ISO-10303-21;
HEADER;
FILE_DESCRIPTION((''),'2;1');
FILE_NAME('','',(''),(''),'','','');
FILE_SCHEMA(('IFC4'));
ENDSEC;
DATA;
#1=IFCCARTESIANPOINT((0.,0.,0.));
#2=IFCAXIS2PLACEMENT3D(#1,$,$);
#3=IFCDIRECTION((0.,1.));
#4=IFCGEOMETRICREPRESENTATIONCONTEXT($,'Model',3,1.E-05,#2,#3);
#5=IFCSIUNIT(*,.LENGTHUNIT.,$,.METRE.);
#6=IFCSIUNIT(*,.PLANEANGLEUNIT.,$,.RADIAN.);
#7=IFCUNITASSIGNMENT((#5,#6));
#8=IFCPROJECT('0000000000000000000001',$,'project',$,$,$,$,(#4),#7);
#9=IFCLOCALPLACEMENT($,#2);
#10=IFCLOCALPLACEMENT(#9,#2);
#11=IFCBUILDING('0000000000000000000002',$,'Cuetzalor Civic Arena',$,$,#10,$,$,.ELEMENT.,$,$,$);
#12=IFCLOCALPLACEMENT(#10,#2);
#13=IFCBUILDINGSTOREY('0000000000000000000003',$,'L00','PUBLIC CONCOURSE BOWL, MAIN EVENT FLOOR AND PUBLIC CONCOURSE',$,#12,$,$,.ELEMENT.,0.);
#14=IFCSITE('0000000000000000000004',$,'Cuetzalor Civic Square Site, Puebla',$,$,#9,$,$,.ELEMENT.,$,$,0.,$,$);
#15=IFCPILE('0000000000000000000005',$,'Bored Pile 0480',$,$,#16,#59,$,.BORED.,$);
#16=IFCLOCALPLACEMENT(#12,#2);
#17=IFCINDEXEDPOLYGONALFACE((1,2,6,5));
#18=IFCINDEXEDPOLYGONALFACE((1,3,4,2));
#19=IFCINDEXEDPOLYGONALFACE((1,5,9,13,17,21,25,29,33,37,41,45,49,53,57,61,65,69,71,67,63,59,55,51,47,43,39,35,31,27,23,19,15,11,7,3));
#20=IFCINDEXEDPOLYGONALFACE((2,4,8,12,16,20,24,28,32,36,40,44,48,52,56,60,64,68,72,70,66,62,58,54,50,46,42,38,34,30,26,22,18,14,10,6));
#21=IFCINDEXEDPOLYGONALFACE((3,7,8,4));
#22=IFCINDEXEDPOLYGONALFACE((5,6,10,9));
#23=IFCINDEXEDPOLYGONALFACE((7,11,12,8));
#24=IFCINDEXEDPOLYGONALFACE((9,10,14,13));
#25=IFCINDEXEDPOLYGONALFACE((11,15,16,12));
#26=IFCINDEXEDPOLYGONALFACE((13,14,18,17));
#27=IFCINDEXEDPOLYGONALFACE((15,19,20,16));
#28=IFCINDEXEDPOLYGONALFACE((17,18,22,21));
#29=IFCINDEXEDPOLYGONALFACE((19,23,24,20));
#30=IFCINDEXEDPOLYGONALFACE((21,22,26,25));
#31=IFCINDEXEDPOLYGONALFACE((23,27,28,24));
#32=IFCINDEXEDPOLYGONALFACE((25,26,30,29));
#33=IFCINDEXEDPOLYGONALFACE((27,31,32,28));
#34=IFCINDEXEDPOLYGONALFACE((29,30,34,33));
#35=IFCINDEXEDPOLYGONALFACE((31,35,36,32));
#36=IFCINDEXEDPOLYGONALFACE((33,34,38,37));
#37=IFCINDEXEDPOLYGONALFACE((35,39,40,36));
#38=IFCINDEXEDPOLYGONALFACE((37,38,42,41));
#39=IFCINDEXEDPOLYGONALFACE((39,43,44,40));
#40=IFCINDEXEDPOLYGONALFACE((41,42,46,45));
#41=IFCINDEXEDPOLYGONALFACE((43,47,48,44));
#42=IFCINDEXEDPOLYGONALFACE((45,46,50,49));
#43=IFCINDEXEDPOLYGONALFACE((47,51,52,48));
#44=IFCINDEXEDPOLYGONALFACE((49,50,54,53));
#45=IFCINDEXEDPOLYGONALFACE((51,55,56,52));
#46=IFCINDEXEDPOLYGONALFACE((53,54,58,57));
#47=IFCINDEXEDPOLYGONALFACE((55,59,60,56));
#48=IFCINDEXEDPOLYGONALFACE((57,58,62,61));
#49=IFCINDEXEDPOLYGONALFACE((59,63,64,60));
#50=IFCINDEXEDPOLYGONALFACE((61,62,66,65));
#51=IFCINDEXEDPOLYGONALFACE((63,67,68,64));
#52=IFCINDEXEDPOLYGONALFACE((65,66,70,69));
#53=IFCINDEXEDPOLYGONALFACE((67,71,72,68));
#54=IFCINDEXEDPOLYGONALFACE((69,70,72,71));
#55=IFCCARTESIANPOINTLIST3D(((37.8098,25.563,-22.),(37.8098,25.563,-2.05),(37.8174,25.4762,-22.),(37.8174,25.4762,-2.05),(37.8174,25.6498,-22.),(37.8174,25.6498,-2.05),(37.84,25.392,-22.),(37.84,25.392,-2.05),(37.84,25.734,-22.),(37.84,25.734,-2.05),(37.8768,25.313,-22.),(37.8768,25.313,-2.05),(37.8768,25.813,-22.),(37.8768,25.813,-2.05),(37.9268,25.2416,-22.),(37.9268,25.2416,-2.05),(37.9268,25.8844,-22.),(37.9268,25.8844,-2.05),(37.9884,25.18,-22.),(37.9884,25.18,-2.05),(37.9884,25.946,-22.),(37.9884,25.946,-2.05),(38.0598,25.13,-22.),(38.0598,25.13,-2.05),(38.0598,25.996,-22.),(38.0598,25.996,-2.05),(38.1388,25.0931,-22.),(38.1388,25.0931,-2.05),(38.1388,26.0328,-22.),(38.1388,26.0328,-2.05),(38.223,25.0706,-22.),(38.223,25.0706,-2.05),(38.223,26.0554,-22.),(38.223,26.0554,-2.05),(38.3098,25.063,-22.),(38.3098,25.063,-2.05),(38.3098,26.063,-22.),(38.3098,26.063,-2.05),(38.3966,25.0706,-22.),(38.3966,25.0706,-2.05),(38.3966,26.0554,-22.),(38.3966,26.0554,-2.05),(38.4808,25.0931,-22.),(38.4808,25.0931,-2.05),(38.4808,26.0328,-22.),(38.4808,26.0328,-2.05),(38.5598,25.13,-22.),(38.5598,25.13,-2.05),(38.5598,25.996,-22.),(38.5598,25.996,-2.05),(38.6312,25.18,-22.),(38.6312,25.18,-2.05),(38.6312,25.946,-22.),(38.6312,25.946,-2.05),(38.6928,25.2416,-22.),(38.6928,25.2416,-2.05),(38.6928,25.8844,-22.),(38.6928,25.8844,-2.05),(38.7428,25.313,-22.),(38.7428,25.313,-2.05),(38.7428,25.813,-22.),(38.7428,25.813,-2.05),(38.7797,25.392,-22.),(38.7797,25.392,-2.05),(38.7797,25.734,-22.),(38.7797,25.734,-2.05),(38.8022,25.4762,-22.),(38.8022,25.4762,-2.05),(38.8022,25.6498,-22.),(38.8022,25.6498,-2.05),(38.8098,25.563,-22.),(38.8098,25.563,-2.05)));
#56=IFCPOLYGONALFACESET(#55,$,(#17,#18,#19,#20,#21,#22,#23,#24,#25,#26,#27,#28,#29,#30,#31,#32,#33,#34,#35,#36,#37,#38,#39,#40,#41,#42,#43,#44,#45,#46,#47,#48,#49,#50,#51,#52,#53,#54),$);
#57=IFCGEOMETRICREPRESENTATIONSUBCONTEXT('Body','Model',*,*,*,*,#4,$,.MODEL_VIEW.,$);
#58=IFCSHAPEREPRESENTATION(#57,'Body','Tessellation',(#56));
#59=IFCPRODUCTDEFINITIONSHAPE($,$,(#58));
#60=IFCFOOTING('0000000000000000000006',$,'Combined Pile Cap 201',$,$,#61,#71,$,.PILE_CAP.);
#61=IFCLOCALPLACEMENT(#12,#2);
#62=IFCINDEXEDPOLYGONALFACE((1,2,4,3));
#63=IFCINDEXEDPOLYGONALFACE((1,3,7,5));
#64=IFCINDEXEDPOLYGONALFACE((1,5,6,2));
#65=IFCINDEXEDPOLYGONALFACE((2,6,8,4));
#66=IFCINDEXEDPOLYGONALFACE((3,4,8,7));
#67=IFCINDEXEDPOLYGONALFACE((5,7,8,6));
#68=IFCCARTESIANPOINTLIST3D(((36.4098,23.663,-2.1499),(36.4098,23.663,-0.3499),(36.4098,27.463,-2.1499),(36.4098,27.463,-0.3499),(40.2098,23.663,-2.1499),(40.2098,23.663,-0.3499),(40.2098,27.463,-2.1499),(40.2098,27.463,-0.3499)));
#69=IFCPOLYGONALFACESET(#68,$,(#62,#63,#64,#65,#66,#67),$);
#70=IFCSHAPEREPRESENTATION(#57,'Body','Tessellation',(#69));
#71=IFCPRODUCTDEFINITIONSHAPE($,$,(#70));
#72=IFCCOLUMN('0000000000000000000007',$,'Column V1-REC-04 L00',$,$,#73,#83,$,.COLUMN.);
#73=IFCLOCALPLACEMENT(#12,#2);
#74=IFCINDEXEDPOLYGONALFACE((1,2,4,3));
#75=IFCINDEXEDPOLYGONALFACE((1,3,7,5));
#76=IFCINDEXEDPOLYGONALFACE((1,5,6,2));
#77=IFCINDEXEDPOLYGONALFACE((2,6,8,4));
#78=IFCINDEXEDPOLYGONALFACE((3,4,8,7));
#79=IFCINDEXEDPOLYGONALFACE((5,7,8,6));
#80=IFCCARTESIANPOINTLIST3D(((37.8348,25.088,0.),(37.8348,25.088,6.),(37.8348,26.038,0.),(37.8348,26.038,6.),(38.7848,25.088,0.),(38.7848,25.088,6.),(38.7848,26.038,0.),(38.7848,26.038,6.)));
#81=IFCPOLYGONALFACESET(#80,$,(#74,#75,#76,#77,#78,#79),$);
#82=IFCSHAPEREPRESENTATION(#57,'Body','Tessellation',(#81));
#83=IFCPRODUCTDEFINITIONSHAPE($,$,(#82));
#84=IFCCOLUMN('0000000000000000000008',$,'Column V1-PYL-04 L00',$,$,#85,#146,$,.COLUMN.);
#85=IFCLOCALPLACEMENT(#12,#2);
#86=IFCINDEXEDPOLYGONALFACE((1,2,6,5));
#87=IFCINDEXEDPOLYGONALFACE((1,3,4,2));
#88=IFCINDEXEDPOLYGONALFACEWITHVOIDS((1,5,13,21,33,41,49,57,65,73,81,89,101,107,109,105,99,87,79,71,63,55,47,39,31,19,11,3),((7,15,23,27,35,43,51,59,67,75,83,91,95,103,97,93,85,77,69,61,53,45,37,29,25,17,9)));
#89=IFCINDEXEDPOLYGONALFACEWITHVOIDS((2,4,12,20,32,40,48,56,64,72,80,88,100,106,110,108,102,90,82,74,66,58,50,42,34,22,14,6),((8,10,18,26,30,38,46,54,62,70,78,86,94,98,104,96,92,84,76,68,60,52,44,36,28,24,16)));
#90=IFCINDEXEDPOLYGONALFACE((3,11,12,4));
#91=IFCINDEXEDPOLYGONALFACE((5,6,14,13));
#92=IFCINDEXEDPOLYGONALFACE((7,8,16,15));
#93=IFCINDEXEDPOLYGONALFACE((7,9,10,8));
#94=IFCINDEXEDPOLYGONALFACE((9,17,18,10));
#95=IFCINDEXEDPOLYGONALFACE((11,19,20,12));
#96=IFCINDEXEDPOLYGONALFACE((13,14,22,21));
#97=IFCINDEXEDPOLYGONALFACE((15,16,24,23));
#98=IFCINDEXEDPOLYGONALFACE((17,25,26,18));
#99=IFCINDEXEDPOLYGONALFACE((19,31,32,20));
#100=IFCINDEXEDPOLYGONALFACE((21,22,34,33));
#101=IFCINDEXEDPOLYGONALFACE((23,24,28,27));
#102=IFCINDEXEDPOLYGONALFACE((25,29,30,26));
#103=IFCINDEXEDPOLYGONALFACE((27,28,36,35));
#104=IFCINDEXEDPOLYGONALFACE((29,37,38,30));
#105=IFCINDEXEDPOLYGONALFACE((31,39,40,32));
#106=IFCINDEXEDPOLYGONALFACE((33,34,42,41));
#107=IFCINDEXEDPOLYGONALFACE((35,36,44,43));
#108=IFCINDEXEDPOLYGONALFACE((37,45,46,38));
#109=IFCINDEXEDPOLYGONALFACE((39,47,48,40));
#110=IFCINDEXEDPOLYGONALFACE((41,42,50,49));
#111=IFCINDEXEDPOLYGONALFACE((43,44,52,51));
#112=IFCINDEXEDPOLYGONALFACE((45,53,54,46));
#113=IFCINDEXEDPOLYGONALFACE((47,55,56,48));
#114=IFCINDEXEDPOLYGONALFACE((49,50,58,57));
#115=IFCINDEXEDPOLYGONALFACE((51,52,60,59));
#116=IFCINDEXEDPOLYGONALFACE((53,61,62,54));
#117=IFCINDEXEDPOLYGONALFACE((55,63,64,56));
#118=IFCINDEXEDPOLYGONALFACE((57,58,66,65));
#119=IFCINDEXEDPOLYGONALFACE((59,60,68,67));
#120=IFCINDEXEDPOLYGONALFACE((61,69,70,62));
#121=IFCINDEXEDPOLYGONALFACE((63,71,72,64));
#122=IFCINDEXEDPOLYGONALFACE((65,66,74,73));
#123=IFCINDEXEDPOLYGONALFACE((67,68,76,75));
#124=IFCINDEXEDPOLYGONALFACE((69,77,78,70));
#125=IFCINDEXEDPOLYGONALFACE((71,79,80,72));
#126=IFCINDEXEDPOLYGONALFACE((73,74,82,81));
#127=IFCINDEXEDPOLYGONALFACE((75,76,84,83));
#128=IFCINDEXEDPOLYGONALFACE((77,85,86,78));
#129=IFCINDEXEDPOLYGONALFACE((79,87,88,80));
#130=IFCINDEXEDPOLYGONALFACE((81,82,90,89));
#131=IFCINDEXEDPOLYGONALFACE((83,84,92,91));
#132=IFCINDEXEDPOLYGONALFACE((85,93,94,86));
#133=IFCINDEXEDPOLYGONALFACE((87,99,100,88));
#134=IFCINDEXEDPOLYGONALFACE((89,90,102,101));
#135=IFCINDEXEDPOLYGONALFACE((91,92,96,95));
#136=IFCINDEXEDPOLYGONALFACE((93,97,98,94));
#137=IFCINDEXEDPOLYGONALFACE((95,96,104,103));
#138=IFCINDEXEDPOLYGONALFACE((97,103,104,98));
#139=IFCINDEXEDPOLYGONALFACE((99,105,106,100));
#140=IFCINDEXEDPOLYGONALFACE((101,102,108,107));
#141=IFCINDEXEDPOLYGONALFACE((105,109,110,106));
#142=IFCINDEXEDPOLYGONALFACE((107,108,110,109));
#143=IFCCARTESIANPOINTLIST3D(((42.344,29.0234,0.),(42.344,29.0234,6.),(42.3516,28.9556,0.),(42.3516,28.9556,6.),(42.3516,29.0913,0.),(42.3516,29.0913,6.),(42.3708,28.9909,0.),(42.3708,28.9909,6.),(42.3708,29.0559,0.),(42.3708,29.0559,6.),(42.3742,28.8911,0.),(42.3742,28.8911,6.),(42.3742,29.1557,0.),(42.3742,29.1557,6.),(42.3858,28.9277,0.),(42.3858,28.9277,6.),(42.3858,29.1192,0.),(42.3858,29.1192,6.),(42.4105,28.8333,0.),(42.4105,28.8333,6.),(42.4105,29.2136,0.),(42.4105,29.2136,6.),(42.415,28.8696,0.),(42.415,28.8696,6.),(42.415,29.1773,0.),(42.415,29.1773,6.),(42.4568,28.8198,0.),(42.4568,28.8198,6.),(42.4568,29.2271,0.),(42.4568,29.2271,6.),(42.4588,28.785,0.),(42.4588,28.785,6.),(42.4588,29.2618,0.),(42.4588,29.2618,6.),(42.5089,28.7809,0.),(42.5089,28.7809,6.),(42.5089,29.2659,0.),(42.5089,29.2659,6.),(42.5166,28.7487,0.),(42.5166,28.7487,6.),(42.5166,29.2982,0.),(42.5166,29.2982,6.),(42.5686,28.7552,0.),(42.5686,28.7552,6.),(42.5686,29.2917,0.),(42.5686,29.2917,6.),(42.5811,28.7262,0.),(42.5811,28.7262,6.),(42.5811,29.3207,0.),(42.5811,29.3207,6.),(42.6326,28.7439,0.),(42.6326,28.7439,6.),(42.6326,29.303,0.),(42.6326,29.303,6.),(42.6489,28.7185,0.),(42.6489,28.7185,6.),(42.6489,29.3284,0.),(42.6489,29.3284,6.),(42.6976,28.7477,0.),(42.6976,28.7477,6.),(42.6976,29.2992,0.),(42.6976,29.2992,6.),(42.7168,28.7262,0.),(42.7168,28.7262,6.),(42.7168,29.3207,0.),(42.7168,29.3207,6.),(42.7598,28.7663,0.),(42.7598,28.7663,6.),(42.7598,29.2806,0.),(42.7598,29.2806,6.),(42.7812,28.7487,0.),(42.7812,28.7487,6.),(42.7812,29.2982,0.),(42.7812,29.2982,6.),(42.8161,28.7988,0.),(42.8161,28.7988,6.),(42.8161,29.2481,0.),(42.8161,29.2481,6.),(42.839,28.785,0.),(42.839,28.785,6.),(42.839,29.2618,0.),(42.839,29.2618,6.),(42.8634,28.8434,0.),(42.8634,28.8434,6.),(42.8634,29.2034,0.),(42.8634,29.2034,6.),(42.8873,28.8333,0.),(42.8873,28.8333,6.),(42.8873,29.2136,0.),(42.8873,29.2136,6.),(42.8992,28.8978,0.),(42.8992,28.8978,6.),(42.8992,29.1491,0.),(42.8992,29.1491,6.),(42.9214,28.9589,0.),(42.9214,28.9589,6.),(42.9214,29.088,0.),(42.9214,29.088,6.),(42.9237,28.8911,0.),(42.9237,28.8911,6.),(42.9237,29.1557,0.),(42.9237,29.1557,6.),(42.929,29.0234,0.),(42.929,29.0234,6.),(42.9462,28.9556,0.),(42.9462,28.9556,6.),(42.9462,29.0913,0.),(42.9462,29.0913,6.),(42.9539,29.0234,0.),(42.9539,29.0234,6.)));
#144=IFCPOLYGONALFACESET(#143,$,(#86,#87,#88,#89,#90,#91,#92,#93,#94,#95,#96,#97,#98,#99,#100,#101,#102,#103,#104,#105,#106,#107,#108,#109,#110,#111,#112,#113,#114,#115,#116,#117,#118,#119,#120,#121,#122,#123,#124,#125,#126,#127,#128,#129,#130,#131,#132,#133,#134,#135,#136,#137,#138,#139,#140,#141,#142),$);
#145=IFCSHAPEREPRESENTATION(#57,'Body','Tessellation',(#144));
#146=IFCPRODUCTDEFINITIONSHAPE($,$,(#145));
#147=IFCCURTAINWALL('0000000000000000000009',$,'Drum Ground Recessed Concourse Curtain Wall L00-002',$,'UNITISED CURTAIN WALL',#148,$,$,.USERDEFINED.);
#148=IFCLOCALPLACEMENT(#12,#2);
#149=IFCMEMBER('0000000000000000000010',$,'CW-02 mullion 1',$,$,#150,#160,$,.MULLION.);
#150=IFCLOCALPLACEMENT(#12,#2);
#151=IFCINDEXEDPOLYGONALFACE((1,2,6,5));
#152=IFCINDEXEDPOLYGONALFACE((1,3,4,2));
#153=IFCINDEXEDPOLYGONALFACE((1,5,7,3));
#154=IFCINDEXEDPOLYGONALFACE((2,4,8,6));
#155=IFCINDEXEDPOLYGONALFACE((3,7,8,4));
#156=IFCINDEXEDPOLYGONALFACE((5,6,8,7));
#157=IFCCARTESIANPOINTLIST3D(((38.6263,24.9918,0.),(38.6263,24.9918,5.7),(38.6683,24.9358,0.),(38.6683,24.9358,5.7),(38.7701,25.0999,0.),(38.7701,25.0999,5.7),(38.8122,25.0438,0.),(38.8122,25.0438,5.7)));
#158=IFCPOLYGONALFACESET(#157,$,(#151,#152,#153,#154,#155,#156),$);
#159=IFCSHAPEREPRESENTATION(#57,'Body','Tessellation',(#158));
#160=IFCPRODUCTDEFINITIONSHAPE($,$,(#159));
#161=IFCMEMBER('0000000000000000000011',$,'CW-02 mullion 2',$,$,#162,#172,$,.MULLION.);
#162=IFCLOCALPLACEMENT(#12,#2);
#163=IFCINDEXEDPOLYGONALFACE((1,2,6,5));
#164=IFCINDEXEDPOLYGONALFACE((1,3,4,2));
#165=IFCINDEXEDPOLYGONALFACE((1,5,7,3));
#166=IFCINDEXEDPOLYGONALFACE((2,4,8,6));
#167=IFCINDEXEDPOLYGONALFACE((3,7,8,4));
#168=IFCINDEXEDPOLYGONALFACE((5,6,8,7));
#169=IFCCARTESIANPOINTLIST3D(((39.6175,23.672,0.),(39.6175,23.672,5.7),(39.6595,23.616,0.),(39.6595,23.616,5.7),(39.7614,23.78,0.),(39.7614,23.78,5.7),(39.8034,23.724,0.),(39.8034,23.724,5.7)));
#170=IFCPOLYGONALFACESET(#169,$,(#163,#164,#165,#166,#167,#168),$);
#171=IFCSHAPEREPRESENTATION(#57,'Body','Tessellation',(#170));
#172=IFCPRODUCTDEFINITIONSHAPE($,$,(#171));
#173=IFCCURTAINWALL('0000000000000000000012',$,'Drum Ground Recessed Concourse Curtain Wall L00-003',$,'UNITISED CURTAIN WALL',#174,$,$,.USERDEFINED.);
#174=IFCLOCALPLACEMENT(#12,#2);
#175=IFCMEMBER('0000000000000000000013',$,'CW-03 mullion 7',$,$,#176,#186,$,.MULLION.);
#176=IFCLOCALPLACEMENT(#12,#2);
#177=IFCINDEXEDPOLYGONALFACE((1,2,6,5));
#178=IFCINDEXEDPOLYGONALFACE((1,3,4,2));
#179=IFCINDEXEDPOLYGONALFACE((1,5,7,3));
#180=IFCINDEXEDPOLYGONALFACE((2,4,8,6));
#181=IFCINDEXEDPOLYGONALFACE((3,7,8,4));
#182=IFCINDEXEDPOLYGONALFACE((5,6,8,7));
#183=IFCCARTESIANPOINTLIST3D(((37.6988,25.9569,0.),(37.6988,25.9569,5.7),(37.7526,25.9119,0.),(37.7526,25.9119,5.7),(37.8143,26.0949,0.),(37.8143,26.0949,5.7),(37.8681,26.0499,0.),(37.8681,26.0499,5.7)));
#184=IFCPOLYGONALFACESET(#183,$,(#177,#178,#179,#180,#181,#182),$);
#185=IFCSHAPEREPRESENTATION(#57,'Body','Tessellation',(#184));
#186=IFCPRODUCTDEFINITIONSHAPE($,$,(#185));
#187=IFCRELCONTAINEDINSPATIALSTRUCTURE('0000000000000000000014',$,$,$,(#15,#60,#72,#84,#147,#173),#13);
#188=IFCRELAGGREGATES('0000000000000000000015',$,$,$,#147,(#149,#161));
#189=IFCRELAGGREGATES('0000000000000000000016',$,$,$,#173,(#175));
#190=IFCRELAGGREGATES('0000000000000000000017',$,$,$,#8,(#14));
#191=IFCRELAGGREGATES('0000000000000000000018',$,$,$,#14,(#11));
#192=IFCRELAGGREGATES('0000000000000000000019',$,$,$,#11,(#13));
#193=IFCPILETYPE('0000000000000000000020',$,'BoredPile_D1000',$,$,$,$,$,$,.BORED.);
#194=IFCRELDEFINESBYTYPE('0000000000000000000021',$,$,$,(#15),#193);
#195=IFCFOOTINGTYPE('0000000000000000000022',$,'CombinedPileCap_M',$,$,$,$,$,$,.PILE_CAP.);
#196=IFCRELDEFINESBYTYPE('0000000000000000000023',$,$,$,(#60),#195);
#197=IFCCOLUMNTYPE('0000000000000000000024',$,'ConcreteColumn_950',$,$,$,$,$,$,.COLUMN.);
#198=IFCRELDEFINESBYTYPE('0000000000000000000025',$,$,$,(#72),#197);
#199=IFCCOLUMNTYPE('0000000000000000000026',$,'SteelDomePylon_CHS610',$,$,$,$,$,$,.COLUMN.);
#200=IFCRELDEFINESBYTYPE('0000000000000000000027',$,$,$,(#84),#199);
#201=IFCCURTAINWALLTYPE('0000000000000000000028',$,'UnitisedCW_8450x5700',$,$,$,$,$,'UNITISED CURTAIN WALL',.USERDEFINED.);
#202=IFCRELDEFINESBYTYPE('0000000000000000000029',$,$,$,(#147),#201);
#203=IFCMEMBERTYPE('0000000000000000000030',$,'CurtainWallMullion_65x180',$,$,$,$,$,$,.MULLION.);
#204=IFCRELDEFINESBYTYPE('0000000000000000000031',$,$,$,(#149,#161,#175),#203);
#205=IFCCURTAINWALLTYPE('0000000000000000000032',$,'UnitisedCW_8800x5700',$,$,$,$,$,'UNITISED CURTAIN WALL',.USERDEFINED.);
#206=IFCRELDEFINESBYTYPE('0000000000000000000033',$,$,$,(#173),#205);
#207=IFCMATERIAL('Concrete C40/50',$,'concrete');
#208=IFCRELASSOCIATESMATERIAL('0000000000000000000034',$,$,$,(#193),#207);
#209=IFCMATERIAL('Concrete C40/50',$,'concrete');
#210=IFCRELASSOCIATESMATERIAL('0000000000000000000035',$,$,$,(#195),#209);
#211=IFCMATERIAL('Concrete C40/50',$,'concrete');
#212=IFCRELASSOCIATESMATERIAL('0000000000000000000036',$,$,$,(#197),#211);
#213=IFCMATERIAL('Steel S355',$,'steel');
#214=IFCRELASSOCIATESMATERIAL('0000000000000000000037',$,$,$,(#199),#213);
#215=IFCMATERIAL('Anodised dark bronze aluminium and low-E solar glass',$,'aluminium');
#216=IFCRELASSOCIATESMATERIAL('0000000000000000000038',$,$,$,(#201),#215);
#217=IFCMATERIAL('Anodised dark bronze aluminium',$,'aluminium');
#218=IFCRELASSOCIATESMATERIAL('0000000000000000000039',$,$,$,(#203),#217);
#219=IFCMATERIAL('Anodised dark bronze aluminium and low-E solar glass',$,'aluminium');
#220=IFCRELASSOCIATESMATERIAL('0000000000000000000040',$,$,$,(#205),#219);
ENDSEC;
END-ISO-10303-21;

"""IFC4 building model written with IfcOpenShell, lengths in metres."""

from ifc_helpers import new_model, si_unit, direction, frame, origin, origin_2d, place, context, subcontext, project, spatial, rectangle, circle, hollow_circle, extrude, material, material_profile, profile_set, type_object, element, aggregate, save


model = new_model("IFC4")

# Units and contexts
model_context = context("Model", 3, precision=1e-05, world=origin(), true_north=direction((0.0, 1.0)))
body_context = subcontext(model_context, "Body", "Model", "MODEL_VIEW")
ifc_project = project(units=[si_unit("LENGTHUNIT", "METRE"), si_unit("PLANEANGLEUNIT", "RADIAN")], contexts=[model_context])

# Site, building, storey
site_placement = place(None, origin())
site = spatial("IfcSite", under=ifc_project, at=site_placement, Name="Cuetzalor Civic Square Site, Puebla", CompositionType="ELEMENT", RefElevation=0.0)
building_placement = place(site_placement, origin())
building = spatial("IfcBuilding", under=site, at=building_placement, Name="Cuetzalor Civic Arena", CompositionType="ELEMENT")
storey_placement = place(building_placement, origin())
storey = spatial("IfcBuildingStorey", under=building, at=storey_placement, Name="L00", Description="PUBLIC CONCOURSE BOWL, MAIN EVENT FLOOR AND PUBLIC CONCOURSE", CompositionType="ELEMENT", Elevation=0.0)

# Pile
ifc_material_1 = material(Name="Concrete C40/50", Category="concrete")
ifc_material_profile_1 = material_profile(ifc_material_1, circle(Radius=0.5, at=origin_2d()), Name="BORED PILE D1000")
ifc_profile_set_1 = profile_set([ifc_material_profile_1], Name="Concrete C40/50")
pile_type = type_object("IfcPileType", Name="BoredPile_D1000", PredefinedType="BORED", material=ifc_profile_set_1)
pile_placement = place(storey_placement, frame((38.3098, 25.563, -2.05), z_axis=(0.0, 0.0, -1.0), x_axis=(1.0, 0.0, 0.0)))
element("IfcPile", 1, at=pile_placement, inside=storey, type_object=pile_type, Name="Bored Pile 0480", PredefinedType="BORED", context=body_context, shape_type="SweptSolid", body=[
    extrude(circle(Radius=0.5, at=origin_2d()), origin(), (0.0, 0.0, 1.0), 19.95),
])

# Footing
ifc_material_2 = material(Name="Concrete C40/50", Category="concrete")
footing_type = type_object("IfcFootingType", Name="CombinedPileCap_M", PredefinedType="PILE_CAP", material=ifc_material_2)
footing_placement = place(storey_placement, frame((38.3098, 25.563, -2.1499), z_axis=(0.0, 0.0, 1.0), x_axis=(1.0, 0.0, 0.0)))
element("IfcFooting", 2, at=footing_placement, inside=storey, type_object=footing_type, Name="Combined Pile Cap 201", PredefinedType="PILE_CAP", context=body_context, shape_type="SweptSolid", body=[
    extrude(rectangle(XDim=3.8, YDim=3.8, at=origin_2d()), origin(), (0.0, 0.0, 1.0), 1.8),
])

# Columns
ifc_material_3 = material(Name="Concrete C40/50", Category="concrete")
ifc_material_profile_2 = material_profile(ifc_material_3, rectangle(XDim=0.95, YDim=0.95, at=origin_2d()), Name="RC 950x950")
ifc_profile_set_2 = profile_set([ifc_material_profile_2], Name="Concrete C40/50")
column_type_1 = type_object("IfcColumnType", Name="ConcreteColumn_950", PredefinedType="COLUMN", material=ifc_profile_set_2)
column_1_placement = place(storey_placement, frame((38.3098, 25.563, 0.0), z_axis=(0.0, 0.0, 1.0), x_axis=(1.0, 0.0, 0.0)))
element("IfcColumn", 3, at=column_1_placement, inside=storey, type_object=column_type_1, Name="Column V1-REC-04 L00", PredefinedType="COLUMN", context=body_context, shape_type="SweptSolid", body=[
    extrude(rectangle(XDim=0.95, YDim=0.95, at=origin_2d()), origin(), (0.0, 0.0, 1.0), 6.0),
])
ifc_material_4 = material(Name="Steel S355", Category="steel")
ifc_material_profile_3 = material_profile(ifc_material_4, hollow_circle(Radius=0.3049, WallThickness=0.0249, at=origin_2d()), Name="CHS 610x25")
ifc_profile_set_3 = profile_set([ifc_material_profile_3], Name="Steel S355")
column_type_2 = type_object("IfcColumnType", Name="SteelDomePylon_CHS610", PredefinedType="COLUMN", material=ifc_profile_set_3)
column_2_placement = place(storey_placement, frame((42.6489, 29.0234, 0.0), z_axis=(0.0, 0.0, 1.0), x_axis=(1.0, 0.0, 0.0)))
element("IfcColumn", 4, at=column_2_placement, inside=storey, type_object=column_type_2, Name="Column V1-PYL-04 L00", PredefinedType="COLUMN", context=body_context, shape_type="SweptSolid", body=[
    extrude(hollow_circle(Radius=0.3049, WallThickness=0.0249, at=origin_2d()), origin(), (0.0, 0.0, 1.0), 6.0),
])

# Curtain wall, members
ifc_material_5 = material(Name="Anodised dark bronze aluminium and low-E solar glass", Category="aluminium")
curtain_wall_type_1 = type_object("IfcCurtainWallType", Name="UnitisedCW_8450x5700", ElementType="UNITISED CURTAIN WALL", PredefinedType="USERDEFINED", material=ifc_material_5)
curtain_wall_1_placement = place(storey_placement, origin())
curtain_wall_1 = element("IfcCurtainWall", 5, at=curtain_wall_1_placement, inside=storey, type_object=curtain_wall_type_1, Name="Drum Ground Recessed Concourse Curtain Wall L00-002", ObjectType="UNITISED CURTAIN WALL", PredefinedType="USERDEFINED")
ifc_material_6 = material(Name="Anodised dark bronze aluminium", Category="aluminium")
ifc_material_profile_4 = material_profile(ifc_material_6, rectangle(XDim=0.0701, YDim=0.1799, at=origin_2d()), Name="ALU MULLION 70x180")
ifc_profile_set_4 = profile_set([ifc_material_profile_4], Name="Anodised dark bronze aluminium")
member_type_1 = type_object("IfcMemberType", Name="CurtainWallMullion_65x180", PredefinedType="MULLION", material=ifc_profile_set_4)
member_1_placement = place(storey_placement, frame((38.7192, 25.0178, 0.0), z_axis=(0.0, 0.0, 1.0), x_axis=(0.600492, -0.799631, 0.0)))
member_1 = element("IfcMember", 6, at=member_1_placement, type_object=member_type_1, Name="CW-02 mullion 1", PredefinedType="MULLION", context=body_context, shape_type="SweptSolid", body=[
    extrude(rectangle(XDim=0.0701, YDim=0.1799, at=origin_2d()), origin(), (0.0, 0.0, 1.0), 5.7),
])
member_2_placement = place(storey_placement, frame((39.7104, 23.698, 0.0), z_axis=(0.0, 0.0, 1.0), x_axis=(0.600492, -0.799631, 0.0)))
member_2 = element("IfcMember", 7, at=member_2_placement, type_object=member_type_1, Name="CW-02 mullion 2", PredefinedType="MULLION", context=body_context, shape_type="SweptSolid", body=[
    extrude(rectangle(XDim=0.0701, YDim=0.1799, at=origin_2d()), origin(), (0.0, 0.0, 1.0), 5.7),
])

# Curtain wall, member
ifc_material_7 = material(Name="Anodised dark bronze aluminium and low-E solar glass", Category="aluminium")
curtain_wall_type_2 = type_object("IfcCurtainWallType", Name="UnitisedCW_8800x5700", ElementType="UNITISED CURTAIN WALL", PredefinedType="USERDEFINED", material=ifc_material_7)
curtain_wall_2_placement = place(storey_placement, origin())
curtain_wall_2 = element("IfcCurtainWall", 8, at=curtain_wall_2_placement, inside=storey, type_object=curtain_wall_type_2, Name="Drum Ground Recessed Concourse Curtain Wall L00-003", ObjectType="UNITISED CURTAIN WALL", PredefinedType="USERDEFINED")
member_3_placement = place(storey_placement, frame((37.7834, 26.0034, 0.0), z_axis=(0.0, 0.0, 1.0), x_axis=(0.766928, -0.641733, 0.0)))
member_3 = element("IfcMember", 9, at=member_3_placement, type_object=member_type_1, Name="CW-03 mullion 7", PredefinedType="MULLION", context=body_context, shape_type="SweptSolid", body=[
    extrude(rectangle(XDim=0.0701, YDim=0.1799, at=origin_2d()), origin(), (0.0, 0.0, 1.0), 5.7),
])

aggregate(curtain_wall_1, [member_1, member_2])
aggregate(curtain_wall_2, [member_3])

save(model, "model.ifc")
